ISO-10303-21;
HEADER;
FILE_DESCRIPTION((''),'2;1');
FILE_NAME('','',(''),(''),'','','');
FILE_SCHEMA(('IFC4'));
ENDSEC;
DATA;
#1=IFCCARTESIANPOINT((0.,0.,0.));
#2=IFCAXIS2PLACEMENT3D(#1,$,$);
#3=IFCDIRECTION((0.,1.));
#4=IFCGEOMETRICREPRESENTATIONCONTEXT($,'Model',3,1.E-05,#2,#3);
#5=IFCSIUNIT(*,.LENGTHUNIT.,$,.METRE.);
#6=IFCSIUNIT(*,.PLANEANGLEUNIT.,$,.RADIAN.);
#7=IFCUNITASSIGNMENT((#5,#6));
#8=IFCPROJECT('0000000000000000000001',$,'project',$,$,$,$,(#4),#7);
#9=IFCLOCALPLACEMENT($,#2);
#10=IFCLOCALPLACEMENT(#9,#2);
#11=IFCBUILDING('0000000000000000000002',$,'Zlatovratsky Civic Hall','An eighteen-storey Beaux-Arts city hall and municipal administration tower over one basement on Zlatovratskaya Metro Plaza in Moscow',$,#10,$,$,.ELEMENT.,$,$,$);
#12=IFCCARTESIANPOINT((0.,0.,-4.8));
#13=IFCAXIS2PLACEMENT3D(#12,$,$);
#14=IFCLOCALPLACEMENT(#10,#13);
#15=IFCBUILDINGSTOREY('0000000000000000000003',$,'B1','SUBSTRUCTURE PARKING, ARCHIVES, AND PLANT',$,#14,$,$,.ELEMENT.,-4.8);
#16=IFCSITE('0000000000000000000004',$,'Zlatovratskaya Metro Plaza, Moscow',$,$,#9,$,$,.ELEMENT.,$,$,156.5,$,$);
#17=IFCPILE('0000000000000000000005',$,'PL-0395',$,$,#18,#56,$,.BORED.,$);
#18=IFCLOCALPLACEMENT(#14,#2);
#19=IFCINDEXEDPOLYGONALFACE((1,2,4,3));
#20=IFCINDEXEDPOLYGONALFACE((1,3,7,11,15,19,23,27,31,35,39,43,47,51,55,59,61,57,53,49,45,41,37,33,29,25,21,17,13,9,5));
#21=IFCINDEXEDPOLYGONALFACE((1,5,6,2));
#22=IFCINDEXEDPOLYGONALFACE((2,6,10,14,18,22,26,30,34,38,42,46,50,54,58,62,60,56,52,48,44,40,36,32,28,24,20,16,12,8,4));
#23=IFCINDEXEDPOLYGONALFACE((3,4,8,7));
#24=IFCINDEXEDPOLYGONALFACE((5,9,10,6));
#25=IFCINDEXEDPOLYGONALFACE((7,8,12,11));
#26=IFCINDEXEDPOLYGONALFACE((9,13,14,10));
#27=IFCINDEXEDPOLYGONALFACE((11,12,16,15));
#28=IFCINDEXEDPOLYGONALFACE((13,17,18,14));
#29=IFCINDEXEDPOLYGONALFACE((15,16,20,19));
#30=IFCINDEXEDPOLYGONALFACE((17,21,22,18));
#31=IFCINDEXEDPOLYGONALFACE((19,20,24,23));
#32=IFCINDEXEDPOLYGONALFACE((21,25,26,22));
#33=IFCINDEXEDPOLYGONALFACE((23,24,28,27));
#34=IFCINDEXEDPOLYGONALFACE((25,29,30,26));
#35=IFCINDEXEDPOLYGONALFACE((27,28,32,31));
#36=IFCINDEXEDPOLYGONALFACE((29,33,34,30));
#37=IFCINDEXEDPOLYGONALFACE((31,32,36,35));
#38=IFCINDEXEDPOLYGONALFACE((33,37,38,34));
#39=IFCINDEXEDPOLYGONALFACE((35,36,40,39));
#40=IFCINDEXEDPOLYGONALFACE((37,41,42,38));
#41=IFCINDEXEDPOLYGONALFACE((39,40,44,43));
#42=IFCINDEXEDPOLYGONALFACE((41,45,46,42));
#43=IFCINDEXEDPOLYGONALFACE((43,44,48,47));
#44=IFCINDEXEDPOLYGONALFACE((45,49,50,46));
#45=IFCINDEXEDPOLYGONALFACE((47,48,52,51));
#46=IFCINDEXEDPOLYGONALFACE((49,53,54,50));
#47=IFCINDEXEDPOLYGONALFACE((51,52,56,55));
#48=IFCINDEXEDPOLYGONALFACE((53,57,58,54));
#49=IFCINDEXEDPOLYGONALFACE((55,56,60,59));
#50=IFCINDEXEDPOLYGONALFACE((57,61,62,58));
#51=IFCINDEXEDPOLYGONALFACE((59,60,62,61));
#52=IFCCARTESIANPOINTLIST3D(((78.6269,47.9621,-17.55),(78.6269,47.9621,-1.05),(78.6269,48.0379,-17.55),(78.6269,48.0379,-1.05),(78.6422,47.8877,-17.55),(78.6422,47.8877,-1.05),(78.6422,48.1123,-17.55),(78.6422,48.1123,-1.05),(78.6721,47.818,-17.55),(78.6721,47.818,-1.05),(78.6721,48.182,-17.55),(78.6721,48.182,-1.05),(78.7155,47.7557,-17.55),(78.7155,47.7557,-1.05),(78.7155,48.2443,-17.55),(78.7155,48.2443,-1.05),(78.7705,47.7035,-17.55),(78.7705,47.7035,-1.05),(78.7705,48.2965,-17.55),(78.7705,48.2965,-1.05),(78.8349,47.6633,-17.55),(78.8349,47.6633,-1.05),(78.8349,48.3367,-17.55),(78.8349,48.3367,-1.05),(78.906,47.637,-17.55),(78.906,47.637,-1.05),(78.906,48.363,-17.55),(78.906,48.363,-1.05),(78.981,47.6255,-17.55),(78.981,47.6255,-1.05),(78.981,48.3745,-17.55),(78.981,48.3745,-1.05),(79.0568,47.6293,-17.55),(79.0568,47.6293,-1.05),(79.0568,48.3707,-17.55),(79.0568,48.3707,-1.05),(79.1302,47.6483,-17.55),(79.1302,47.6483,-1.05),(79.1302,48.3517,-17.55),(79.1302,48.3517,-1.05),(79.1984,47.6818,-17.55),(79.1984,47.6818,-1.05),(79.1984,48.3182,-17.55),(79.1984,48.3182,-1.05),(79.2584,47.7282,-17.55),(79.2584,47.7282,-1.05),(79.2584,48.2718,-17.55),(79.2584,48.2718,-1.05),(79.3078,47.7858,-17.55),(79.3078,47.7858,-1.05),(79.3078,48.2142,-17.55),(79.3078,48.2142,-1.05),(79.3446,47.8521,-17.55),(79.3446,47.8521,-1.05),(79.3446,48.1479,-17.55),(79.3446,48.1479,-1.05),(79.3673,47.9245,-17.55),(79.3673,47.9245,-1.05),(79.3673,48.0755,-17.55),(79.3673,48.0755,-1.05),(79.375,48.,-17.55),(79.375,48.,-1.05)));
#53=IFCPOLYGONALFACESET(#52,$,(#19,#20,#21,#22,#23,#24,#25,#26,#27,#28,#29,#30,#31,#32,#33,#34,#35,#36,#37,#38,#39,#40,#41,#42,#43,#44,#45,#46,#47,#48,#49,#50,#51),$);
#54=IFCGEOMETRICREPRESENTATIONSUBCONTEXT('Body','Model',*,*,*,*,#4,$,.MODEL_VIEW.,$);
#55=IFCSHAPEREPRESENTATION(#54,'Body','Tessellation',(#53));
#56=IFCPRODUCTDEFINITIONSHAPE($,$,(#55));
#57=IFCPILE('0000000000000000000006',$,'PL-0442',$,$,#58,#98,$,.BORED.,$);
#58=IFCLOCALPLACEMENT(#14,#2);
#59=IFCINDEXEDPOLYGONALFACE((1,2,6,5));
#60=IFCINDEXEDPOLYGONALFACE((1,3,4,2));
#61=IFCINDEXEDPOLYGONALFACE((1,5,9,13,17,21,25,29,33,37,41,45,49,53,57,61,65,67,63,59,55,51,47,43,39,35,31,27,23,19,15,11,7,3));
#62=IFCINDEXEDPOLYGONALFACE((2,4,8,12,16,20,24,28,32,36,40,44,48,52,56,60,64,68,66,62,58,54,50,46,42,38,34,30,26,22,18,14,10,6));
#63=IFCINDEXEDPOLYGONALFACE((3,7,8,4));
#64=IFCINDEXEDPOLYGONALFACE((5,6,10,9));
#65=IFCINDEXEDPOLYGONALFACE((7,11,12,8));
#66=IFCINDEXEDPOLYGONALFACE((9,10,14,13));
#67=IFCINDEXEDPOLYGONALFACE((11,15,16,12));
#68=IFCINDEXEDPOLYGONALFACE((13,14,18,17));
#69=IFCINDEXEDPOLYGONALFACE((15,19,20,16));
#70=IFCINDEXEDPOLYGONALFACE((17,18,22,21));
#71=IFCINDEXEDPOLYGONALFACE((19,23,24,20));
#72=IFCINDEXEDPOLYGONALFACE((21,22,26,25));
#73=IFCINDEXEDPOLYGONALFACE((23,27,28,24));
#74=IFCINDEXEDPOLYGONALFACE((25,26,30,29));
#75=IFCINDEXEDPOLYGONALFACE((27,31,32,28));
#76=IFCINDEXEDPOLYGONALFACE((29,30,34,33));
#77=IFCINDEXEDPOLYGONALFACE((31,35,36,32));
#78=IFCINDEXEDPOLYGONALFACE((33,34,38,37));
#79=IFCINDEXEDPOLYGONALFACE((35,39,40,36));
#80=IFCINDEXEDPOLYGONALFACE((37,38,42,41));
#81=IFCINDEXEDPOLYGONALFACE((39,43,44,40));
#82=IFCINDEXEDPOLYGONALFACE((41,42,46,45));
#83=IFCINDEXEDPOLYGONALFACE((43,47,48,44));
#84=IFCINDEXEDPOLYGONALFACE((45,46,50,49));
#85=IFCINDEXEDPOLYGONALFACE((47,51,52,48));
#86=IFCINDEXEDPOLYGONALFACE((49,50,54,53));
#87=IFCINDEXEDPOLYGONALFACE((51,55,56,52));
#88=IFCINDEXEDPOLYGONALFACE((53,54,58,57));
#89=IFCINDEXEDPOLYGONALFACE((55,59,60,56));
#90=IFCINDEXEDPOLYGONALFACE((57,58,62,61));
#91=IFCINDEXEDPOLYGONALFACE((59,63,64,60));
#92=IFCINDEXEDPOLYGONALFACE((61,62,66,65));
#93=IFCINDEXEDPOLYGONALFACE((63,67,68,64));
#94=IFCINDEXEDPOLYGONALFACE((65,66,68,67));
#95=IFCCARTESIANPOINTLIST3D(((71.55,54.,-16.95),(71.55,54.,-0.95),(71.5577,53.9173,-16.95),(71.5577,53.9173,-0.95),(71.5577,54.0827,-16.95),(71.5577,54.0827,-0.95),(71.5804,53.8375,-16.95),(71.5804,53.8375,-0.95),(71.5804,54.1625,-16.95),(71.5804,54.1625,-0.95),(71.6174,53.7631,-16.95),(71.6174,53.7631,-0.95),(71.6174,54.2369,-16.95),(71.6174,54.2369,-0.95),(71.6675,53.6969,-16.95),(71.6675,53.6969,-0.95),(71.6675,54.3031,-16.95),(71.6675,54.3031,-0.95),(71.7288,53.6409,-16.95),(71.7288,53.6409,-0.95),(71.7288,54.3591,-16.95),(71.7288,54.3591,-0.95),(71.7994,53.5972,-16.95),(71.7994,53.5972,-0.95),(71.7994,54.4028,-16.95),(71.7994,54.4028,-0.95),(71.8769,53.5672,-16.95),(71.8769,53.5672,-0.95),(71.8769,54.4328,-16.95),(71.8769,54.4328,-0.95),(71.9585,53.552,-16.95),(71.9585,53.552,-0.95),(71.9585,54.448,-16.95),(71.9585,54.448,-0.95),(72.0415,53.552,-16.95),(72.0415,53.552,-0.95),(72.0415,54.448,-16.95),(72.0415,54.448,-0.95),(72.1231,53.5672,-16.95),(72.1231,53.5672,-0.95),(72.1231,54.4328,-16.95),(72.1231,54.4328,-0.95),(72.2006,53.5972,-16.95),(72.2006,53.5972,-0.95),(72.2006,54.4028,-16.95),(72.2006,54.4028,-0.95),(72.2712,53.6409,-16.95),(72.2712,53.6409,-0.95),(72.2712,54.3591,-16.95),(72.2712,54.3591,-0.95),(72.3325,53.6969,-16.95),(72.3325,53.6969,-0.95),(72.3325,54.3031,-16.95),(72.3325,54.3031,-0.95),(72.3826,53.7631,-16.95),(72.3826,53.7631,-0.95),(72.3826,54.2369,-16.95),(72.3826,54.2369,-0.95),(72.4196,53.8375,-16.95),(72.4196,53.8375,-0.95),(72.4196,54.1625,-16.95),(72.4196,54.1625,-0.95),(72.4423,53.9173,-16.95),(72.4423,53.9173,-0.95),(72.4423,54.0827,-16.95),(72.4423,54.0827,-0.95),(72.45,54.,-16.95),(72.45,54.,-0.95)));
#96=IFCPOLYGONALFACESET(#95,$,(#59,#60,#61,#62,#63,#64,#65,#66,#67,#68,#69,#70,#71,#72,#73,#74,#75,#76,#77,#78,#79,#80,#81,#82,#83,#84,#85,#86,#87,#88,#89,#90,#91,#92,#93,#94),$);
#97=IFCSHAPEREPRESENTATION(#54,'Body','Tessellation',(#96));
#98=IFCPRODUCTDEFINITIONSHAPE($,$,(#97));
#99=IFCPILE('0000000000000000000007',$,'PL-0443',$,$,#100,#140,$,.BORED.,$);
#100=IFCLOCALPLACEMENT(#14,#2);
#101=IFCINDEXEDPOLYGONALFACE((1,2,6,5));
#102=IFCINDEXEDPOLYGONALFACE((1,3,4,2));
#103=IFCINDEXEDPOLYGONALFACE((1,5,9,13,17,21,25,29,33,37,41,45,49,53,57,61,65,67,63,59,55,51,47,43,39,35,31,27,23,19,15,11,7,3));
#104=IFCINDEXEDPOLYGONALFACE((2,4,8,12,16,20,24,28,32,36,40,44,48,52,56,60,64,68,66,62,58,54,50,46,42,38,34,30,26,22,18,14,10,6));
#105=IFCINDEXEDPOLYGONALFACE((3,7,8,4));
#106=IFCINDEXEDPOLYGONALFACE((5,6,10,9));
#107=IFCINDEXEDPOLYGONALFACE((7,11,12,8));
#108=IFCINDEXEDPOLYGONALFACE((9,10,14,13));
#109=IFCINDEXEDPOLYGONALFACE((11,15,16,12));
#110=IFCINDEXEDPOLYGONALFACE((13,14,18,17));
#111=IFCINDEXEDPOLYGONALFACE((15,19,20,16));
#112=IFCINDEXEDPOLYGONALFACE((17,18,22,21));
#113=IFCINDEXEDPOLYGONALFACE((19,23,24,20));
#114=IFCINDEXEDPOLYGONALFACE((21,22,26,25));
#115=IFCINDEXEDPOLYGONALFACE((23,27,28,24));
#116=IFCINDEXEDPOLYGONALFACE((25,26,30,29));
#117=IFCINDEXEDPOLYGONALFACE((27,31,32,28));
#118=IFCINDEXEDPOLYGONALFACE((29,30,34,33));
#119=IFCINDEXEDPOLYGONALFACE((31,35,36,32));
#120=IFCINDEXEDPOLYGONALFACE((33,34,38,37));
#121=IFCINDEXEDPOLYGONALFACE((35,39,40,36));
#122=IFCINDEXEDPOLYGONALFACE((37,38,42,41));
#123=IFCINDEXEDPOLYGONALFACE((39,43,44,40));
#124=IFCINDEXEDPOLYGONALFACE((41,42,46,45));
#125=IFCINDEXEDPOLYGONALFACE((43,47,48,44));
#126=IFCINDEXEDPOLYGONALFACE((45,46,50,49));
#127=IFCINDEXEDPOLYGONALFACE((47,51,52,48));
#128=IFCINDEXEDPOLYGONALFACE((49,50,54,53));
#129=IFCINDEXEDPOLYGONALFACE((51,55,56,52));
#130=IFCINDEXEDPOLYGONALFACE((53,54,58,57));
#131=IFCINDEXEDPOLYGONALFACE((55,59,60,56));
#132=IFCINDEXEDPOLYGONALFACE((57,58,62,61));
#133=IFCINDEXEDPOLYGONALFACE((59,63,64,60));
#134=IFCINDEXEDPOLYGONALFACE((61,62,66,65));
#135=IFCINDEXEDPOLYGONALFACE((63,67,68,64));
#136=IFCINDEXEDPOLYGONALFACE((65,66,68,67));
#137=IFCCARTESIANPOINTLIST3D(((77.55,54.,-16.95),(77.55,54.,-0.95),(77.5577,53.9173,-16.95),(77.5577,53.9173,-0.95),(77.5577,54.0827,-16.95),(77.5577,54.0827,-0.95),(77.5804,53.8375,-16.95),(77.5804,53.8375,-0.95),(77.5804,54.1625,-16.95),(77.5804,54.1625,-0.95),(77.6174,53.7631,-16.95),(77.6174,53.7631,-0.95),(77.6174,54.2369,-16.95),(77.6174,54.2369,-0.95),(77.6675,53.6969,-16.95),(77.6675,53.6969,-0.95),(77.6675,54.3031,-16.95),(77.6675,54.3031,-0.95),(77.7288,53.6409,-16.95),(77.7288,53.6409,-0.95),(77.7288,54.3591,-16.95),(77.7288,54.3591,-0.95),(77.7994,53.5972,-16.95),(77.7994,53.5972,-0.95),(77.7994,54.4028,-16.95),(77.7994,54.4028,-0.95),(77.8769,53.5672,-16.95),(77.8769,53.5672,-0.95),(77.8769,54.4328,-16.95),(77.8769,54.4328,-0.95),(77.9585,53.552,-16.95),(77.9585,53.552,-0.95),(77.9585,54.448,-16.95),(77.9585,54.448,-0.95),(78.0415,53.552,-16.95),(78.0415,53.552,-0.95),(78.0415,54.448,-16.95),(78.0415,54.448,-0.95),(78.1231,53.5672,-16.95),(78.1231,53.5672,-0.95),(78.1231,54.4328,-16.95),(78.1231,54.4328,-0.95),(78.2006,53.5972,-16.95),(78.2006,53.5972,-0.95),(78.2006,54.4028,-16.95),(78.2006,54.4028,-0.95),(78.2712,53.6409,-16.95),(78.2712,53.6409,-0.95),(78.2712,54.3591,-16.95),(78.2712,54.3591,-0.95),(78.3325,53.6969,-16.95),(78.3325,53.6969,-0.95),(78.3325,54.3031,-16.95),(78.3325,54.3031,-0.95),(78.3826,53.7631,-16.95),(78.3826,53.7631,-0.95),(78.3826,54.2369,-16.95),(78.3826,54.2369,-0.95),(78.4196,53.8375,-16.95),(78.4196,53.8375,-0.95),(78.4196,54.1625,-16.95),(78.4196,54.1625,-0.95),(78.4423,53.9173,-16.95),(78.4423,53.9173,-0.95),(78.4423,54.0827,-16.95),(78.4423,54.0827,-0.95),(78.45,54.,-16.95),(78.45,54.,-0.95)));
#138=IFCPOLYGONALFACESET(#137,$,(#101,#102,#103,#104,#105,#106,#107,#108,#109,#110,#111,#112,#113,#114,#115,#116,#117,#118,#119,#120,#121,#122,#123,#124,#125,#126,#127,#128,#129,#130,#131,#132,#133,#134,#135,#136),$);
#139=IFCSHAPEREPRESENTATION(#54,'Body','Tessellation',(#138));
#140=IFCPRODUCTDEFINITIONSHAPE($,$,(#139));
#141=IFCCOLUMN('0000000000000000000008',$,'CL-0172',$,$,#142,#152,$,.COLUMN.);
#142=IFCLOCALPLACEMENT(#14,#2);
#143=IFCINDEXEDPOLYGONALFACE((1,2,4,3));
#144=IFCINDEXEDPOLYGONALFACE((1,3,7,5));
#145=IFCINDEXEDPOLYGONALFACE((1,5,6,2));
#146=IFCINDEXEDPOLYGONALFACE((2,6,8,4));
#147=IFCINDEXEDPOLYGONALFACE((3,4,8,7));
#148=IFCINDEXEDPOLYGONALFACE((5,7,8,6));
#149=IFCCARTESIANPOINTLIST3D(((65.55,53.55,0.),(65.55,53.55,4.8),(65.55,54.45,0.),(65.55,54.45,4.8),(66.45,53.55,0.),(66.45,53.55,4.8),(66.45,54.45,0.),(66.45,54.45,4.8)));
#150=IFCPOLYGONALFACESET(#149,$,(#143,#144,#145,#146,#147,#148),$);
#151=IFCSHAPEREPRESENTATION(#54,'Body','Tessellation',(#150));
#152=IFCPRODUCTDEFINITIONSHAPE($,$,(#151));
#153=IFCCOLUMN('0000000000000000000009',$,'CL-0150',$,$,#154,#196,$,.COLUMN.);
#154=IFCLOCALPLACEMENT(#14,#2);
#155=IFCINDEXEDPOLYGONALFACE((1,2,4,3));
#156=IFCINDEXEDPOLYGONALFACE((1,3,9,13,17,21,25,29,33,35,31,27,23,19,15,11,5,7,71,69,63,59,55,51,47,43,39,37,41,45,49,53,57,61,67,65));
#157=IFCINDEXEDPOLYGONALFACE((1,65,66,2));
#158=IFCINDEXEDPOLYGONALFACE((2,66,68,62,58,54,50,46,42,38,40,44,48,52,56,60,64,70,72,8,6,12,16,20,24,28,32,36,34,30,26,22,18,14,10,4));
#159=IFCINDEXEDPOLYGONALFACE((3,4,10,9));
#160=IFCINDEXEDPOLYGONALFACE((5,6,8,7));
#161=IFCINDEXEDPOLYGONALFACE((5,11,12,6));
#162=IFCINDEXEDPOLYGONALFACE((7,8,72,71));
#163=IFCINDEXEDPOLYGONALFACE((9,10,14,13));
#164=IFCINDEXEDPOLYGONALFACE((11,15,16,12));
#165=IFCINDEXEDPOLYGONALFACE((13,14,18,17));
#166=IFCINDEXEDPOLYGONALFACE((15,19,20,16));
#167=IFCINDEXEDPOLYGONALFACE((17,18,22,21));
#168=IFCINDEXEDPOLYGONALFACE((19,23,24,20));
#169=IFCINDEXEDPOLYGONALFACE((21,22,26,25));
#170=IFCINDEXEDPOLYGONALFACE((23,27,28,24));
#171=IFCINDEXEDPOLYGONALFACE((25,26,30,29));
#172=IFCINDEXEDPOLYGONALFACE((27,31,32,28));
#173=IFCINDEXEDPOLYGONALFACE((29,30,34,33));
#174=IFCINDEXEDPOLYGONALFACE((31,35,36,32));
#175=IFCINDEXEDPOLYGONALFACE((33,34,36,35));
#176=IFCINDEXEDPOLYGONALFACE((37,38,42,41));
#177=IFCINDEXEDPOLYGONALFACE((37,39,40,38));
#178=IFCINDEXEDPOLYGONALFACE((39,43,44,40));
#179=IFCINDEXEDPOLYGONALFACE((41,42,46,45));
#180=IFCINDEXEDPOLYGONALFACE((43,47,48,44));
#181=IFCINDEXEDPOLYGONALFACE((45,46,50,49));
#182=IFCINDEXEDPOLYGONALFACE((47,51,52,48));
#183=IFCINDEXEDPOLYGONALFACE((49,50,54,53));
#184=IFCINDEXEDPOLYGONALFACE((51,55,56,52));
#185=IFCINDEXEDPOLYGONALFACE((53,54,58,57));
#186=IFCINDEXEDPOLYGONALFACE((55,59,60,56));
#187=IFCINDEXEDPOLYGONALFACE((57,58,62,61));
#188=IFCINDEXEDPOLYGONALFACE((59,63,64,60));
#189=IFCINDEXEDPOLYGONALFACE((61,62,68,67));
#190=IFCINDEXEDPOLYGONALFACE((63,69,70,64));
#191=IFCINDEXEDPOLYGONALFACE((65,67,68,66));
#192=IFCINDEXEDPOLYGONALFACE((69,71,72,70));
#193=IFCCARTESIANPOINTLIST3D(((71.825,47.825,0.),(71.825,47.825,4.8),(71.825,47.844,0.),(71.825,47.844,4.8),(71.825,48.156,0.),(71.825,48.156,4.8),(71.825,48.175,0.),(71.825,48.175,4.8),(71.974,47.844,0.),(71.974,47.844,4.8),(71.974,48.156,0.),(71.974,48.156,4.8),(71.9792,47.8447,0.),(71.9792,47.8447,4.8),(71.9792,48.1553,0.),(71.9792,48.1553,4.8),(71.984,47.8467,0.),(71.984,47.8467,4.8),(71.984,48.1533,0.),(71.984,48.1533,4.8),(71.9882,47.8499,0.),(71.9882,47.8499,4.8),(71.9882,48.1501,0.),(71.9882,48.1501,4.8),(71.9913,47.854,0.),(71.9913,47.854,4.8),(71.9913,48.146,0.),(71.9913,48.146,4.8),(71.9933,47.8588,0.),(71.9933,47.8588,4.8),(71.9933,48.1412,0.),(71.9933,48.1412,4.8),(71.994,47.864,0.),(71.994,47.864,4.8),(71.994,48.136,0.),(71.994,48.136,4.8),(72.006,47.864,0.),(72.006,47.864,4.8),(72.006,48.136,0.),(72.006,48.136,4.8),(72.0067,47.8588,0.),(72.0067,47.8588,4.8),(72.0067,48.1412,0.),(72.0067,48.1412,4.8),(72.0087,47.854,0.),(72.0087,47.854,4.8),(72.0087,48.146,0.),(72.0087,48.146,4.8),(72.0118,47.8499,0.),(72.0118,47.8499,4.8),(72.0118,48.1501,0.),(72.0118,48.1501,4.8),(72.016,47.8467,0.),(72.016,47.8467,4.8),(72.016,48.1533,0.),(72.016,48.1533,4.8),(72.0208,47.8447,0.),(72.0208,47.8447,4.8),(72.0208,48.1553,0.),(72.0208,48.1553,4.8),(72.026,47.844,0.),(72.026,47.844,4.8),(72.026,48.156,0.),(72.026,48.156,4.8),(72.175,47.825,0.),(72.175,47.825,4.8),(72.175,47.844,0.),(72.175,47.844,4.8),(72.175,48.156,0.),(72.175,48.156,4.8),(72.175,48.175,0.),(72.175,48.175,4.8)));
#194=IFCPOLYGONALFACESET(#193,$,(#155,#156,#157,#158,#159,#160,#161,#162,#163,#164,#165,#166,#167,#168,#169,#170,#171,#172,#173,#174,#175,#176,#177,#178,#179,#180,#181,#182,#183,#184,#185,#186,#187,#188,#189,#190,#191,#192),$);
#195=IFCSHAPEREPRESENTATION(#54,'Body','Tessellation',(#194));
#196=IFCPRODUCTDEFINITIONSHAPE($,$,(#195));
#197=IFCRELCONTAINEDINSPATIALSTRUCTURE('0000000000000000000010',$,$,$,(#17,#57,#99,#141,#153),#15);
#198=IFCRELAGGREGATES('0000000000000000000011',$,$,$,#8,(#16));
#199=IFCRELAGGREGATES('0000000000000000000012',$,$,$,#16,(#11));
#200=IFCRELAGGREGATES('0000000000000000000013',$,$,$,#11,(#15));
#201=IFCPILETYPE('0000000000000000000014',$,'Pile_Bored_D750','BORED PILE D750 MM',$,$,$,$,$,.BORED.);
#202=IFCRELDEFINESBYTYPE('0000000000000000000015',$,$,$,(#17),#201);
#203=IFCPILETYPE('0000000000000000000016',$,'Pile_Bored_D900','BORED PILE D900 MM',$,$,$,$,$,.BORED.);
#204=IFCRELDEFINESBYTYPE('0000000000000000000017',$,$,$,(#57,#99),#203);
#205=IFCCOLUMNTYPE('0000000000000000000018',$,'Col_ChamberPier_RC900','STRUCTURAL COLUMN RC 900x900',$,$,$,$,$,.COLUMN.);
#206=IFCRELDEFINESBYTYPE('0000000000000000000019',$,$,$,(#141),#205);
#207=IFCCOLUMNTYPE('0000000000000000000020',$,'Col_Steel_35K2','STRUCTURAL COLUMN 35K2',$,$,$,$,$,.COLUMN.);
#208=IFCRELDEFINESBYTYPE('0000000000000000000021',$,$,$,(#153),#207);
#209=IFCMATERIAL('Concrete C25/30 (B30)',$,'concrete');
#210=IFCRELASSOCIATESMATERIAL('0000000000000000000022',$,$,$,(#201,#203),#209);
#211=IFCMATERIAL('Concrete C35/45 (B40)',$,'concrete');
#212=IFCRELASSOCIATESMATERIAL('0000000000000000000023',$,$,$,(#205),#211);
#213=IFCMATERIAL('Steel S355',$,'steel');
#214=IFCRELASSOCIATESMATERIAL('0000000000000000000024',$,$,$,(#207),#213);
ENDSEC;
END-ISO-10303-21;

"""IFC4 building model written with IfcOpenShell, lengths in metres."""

from ifc_helpers import new_model, si_unit, direction, frame, origin, origin_2d, place, context, subcontext, project, spatial, rectangle, circle, i_section, extrude, material, material_profile, profile_set, type_object, element, save


model = new_model("IFC4")

# Units and contexts
model_context = context("Model", 3, precision=1e-05, world=origin(), true_north=direction((0.0, 1.0)))
body_context = subcontext(model_context, "Body", "Model", "MODEL_VIEW")
ifc_project = project(units=[si_unit("LENGTHUNIT", "METRE"), si_unit("PLANEANGLEUNIT", "RADIAN")], contexts=[model_context])

# Site, building, storey
site_placement = place(None, origin())
site = spatial("IfcSite", under=ifc_project, at=site_placement, Name="Zlatovratskaya Metro Plaza, Moscow", CompositionType="ELEMENT", RefElevation=156.5)
building_placement = place(site_placement, origin())
building = spatial("IfcBuilding", under=site, at=building_placement, Name="Zlatovratsky Civic Hall", Description="An eighteen-storey Beaux-Arts city hall and municipal administration tower over one basement on Zlatovratskaya Metro Plaza in Moscow", CompositionType="ELEMENT")
storey_placement = place(building_placement, frame((0.0, 0.0, -4.8)))
storey = spatial("IfcBuildingStorey", under=building, at=storey_placement, Name="B1", Description="SUBSTRUCTURE PARKING, ARCHIVES, AND PLANT", CompositionType="ELEMENT", Elevation=-4.8)

# Shared definitions
ifc_material_1 = material(Name="Concrete C25/30 (B30)", Category="concrete")

# Piles
ifc_material_profile_1 = material_profile(ifc_material_1, circle(Radius=0.375, at=origin_2d()), Name="PILE D750")
ifc_profile_set_1 = profile_set([ifc_material_profile_1], Name="Concrete C25/30 (B30)")
pile_type_1 = type_object("IfcPileType", Name="Pile_Bored_D750", Description="BORED PILE D750 MM", PredefinedType="BORED", material=ifc_profile_set_1)
for number, where, z_axis, x_axis, name in (
    (1, (79.0, 48.0, -1.05), (0.0, 0.0, -1.0), (1.0, 0.0, 0.0), "PL-0395"),
):
    element("IfcPile", number, at=place(storey_placement, frame(where, z_axis=z_axis, x_axis=x_axis)), inside=storey, type_object=pile_type_1, Name=name, PredefinedType="BORED", context=body_context, shape_type="SweptSolid", body=[
        extrude(circle(Radius=0.375, at=origin_2d()), origin(), (0.0, 0.0, 1.0), 16.5),
    ])
ifc_material_profile_2 = material_profile(ifc_material_1, circle(Radius=0.45, at=origin_2d()), Name="PILE D900")
ifc_profile_set_2 = profile_set([ifc_material_profile_2], Name="Concrete C25/30 (B30)")
pile_type_2 = type_object("IfcPileType", Name="Pile_Bored_D900", Description="BORED PILE D900 MM", PredefinedType="BORED", material=ifc_profile_set_2)
for number, where, z_axis, x_axis, name in (
    (2, (72.0, 54.0, -0.95), (0.0, 0.0, -1.0), (1.0, 0.0, 0.0), "PL-0442"),
    (3, (78.0, 54.0, -0.95), (0.0, 0.0, -1.0), (1.0, 0.0, 0.0), "PL-0443"),
):
    element("IfcPile", number, at=place(storey_placement, frame(where, z_axis=z_axis, x_axis=x_axis)), inside=storey, type_object=pile_type_2, Name=name, PredefinedType="BORED", context=body_context, shape_type="SweptSolid", body=[
        extrude(circle(Radius=0.45, at=origin_2d()), origin(), (0.0, 0.0, 1.0), 16.0),
    ])

# Columns
ifc_material_2 = material(Name="Concrete C35/45 (B40)", Category="concrete")
ifc_material_profile_3 = material_profile(ifc_material_2, rectangle(XDim=0.8999, YDim=0.8999, at=origin_2d()), Name="RC 900x900")
ifc_profile_set_3 = profile_set([ifc_material_profile_3], Name="Concrete C35/45 (B40)")
column_type_1 = type_object("IfcColumnType", Name="Col_ChamberPier_RC900", Description="STRUCTURAL COLUMN RC 900x900", PredefinedType="COLUMN", material=ifc_profile_set_3)
column_placement = place(storey_placement, frame((66.0, 54.0, 0.0), z_axis=(0.0, 0.0, 1.0), x_axis=(1.0, 0.0, 0.0)))
element("IfcColumn", 4, at=column_placement, inside=storey, type_object=column_type_1, Name="CL-0172", PredefinedType="COLUMN", context=body_context, shape_type="SweptSolid", body=[
    extrude(rectangle(XDim=0.8999, YDim=0.8999, at=origin_2d()), origin(), (0.0, 0.0, 1.0), 4.8),
])
ifc_material_3 = material(Name="Steel S355", Category="steel")
ifc_material_profile_4 = material_profile(ifc_material_3, i_section(OverallWidth=0.3501, OverallDepth=0.3501, WebThickness=0.012, FlangeThickness=0.019, FilletRadius=0.02, at=origin_2d()), Name="35K2")
ifc_profile_set_4 = profile_set([ifc_material_profile_4], Name="Steel S355")
column_type_2 = type_object("IfcColumnType", Name="Col_Steel_35K2", Description="STRUCTURAL COLUMN 35K2", PredefinedType="COLUMN", material=ifc_profile_set_4)
for number, where, z_axis, x_axis, name in (
    (5, (72.0, 48.0, 0.0), (0.0, 0.0, 1.0), (1.0, 0.0, 0.0), "CL-0150"),
):
    element("IfcColumn", number, at=place(storey_placement, frame(where, z_axis=z_axis, x_axis=x_axis)), inside=storey, type_object=column_type_2, Name=name, PredefinedType="COLUMN", context=body_context, shape_type="SweptSolid", body=[
        extrude(i_section(OverallWidth=0.3501, OverallDepth=0.3501, WebThickness=0.012, FlangeThickness=0.019, FilletRadius=0.02, at=origin_2d()), origin(), (0.0, 0.0, 1.0), 4.8),
    ])

save(model, "model.ifc")
